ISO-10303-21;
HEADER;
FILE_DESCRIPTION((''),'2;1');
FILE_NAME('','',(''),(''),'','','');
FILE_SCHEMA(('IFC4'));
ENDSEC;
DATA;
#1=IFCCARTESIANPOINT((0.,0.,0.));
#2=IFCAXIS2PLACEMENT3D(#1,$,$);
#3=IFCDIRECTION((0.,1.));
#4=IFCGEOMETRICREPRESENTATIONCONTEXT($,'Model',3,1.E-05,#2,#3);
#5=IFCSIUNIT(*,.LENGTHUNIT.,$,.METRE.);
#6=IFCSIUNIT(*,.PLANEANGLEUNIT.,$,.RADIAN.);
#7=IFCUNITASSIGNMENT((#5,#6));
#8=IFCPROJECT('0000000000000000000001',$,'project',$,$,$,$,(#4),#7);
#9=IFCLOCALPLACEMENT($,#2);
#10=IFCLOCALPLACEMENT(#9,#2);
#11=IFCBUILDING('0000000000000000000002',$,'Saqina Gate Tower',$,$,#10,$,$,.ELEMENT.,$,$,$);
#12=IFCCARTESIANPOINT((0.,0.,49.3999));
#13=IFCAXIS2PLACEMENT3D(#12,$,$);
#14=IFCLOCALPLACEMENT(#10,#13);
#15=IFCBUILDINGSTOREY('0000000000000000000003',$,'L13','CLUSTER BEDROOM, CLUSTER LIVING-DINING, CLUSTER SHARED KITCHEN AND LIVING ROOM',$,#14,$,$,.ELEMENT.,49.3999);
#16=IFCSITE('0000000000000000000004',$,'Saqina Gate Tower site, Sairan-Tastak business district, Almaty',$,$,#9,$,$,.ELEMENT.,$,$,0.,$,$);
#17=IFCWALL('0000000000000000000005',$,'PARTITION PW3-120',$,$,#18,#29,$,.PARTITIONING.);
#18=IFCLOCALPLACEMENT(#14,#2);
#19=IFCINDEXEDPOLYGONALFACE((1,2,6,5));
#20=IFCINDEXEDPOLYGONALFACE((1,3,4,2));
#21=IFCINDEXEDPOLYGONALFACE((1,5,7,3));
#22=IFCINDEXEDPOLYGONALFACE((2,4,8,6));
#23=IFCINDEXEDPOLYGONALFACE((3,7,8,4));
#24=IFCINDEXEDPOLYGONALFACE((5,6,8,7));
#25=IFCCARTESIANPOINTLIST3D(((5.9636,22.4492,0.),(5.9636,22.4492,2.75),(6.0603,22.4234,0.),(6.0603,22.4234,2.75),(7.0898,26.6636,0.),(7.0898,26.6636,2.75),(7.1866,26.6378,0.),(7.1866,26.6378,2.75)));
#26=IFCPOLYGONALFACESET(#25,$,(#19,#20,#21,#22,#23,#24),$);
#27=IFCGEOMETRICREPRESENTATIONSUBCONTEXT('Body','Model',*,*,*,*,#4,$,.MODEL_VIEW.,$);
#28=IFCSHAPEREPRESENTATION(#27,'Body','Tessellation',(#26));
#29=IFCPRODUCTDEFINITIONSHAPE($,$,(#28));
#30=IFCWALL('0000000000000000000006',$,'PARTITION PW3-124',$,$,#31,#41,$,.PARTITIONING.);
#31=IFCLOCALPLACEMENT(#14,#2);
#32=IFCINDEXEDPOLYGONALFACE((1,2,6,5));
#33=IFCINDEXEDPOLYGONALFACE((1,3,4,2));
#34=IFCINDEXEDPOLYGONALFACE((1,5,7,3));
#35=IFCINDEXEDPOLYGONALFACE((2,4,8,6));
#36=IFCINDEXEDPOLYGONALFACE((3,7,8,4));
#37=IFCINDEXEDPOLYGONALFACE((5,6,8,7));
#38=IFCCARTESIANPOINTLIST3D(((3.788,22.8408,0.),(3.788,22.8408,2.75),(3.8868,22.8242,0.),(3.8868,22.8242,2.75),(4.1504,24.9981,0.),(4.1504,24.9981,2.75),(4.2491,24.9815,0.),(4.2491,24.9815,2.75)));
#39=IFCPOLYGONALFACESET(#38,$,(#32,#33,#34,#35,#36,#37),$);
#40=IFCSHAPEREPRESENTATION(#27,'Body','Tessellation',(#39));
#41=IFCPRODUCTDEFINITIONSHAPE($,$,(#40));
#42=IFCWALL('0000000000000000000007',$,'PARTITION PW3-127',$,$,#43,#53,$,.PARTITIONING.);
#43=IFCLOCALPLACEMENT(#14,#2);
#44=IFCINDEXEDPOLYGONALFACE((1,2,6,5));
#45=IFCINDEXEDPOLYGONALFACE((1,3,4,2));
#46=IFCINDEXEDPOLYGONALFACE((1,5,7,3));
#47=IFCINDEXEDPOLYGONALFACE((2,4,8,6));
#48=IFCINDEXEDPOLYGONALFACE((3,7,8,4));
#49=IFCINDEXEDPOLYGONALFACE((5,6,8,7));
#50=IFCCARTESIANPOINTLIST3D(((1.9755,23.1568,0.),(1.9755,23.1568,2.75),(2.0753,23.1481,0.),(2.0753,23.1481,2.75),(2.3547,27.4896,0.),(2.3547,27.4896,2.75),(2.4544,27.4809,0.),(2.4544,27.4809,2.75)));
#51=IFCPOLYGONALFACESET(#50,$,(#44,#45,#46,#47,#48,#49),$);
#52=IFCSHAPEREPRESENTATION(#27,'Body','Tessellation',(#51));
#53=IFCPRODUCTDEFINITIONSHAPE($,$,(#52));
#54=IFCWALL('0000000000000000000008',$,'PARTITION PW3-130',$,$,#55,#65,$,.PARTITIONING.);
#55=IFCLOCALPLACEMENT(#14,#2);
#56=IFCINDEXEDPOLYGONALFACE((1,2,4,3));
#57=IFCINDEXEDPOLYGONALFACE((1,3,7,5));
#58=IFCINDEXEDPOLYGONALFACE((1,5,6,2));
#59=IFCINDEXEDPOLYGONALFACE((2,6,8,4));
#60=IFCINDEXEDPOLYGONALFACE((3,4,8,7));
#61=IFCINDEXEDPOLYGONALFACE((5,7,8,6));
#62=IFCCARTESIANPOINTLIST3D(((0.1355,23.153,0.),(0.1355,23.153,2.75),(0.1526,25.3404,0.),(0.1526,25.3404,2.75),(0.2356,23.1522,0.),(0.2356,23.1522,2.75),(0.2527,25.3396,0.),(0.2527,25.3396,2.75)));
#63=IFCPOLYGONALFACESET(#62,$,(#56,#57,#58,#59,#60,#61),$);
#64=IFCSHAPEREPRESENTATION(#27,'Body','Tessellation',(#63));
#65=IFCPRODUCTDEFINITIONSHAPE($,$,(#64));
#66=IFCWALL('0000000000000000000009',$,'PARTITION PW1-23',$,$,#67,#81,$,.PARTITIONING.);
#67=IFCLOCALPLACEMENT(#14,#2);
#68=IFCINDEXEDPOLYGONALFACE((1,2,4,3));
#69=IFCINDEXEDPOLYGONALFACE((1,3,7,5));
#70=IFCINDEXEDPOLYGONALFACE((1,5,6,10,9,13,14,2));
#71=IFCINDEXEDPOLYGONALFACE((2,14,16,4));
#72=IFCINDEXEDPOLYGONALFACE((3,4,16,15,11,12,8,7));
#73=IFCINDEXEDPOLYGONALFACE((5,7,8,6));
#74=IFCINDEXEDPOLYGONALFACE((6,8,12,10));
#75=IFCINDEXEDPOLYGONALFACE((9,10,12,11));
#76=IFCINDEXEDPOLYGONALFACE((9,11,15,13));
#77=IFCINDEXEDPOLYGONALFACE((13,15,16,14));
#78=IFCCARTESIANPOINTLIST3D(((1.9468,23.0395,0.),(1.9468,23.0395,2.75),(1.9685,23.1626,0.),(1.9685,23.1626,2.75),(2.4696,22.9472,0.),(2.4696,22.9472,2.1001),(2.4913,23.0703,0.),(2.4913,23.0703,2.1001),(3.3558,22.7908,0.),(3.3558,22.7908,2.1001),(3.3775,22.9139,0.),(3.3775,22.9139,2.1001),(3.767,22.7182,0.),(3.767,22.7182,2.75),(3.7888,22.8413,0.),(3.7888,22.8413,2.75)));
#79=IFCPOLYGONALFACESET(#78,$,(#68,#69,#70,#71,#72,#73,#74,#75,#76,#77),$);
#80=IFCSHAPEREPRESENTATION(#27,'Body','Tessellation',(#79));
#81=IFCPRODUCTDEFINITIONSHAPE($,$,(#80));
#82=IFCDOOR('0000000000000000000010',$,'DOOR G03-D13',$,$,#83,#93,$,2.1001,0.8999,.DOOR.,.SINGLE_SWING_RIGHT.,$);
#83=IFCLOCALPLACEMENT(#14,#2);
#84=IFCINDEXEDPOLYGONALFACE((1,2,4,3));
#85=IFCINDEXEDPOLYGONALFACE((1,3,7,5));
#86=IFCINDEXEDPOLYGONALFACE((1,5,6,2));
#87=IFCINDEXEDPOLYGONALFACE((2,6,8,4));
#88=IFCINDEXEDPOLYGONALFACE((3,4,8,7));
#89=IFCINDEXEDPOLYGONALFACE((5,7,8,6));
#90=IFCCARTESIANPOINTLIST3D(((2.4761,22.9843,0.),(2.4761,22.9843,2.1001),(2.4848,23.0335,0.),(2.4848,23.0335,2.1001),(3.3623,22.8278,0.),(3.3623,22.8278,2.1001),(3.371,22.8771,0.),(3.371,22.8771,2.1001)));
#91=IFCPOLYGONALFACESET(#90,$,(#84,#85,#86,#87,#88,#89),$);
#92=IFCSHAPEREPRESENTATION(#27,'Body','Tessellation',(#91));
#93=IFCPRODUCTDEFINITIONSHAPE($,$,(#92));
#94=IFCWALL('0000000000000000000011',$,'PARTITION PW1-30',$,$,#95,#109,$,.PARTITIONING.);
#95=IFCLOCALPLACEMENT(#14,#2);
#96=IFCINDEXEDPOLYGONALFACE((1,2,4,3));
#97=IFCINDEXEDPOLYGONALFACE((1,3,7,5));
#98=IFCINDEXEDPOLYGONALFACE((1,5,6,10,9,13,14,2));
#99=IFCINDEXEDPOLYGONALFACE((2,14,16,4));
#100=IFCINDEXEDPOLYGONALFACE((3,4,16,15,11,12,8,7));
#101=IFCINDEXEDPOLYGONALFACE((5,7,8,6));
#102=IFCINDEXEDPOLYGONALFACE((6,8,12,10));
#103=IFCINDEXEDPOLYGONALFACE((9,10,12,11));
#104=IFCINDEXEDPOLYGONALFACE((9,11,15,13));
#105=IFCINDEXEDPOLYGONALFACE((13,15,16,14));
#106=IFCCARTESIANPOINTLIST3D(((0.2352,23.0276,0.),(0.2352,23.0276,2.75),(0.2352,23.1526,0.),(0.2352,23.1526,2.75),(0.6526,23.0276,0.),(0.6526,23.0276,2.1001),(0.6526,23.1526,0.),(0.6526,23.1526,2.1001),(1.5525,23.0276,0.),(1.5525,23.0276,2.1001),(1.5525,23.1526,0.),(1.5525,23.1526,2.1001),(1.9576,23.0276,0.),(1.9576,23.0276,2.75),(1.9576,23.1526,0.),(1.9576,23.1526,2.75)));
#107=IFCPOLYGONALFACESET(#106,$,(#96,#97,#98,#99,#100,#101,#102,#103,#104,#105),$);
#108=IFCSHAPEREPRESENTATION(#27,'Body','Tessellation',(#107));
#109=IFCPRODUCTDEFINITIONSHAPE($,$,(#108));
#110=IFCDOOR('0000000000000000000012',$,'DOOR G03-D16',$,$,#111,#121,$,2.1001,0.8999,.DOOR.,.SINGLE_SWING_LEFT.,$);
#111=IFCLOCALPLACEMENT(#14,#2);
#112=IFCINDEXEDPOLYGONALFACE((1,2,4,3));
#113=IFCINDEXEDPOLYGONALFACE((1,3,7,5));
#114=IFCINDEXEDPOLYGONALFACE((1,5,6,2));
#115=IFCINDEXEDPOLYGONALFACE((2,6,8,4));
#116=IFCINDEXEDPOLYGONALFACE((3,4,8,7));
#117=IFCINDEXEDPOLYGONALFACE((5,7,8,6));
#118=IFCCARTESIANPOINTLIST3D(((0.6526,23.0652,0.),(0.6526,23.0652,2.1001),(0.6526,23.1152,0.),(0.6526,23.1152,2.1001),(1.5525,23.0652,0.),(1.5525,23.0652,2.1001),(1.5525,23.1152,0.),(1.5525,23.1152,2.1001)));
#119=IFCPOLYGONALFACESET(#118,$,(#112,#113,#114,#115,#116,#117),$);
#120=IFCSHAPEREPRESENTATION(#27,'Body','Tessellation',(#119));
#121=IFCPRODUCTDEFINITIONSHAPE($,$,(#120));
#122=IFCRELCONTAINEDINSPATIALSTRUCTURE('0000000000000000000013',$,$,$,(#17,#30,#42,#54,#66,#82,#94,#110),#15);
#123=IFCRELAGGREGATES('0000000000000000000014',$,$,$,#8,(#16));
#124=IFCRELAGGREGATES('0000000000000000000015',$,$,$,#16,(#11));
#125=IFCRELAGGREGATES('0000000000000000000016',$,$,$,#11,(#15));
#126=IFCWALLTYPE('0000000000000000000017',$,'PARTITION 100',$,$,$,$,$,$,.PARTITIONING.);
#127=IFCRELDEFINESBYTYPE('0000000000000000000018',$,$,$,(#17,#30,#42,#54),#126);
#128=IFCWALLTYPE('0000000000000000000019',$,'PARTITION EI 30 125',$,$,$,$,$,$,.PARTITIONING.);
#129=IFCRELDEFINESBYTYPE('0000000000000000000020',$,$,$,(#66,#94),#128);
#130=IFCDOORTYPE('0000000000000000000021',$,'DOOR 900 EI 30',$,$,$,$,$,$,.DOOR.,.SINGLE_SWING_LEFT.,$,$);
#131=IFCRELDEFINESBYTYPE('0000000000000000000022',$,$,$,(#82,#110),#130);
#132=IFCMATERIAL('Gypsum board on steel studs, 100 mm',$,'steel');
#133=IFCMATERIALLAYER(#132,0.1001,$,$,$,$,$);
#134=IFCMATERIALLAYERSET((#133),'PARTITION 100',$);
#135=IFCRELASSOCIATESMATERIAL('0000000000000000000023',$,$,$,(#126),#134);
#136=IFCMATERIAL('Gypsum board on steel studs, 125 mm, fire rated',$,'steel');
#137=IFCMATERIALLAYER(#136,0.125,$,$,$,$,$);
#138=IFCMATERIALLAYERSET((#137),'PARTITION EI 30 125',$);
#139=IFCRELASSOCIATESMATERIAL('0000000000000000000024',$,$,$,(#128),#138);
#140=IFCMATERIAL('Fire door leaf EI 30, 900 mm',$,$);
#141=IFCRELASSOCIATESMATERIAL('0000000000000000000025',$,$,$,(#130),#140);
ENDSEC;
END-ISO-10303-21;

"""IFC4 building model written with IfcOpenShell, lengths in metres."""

from ifc_helpers import new_model, si_unit, direction, frame, frame_2d, origin, place, context, subcontext, project, spatial, rectangle, extrude, material, layer, layer_set, type_object, element, fill, save


model = new_model("IFC4")

# Units and contexts
model_context = context("Model", 3, precision=1e-05, world=origin(), true_north=direction((0.0, 1.0)))
body_context = subcontext(model_context, "Body", "Model", "MODEL_VIEW")
ifc_project = project(units=[si_unit("LENGTHUNIT", "METRE"), si_unit("PLANEANGLEUNIT", "RADIAN")], contexts=[model_context])

# Site, building, storey
site_placement = place(None, origin())
site = spatial("IfcSite", under=ifc_project, at=site_placement, Name="Saqina Gate Tower site, Sairan-Tastak business district, Almaty", CompositionType="ELEMENT", RefElevation=0.0)
building_placement = place(site_placement, origin())
building = spatial("IfcBuilding", under=site, at=building_placement, Name="Saqina Gate Tower", CompositionType="ELEMENT")
storey_placement = place(building_placement, frame((0.0, 0.0, 49.3999)))
storey = spatial("IfcBuildingStorey", under=building, at=storey_placement, Name="L13", Description="CLUSTER BEDROOM, CLUSTER LIVING-DINING, CLUSTER SHARED KITCHEN AND LIVING ROOM", CompositionType="ELEMENT", Elevation=49.3999)

# Shared definitions
ifc_material_1 = material(Name="Gypsum board on steel studs, 100 mm", Category="steel")
ifc_layer_1 = layer(ifc_material_1, 0.1001)
ifc_layer_set_1 = layer_set([ifc_layer_1], Name="PARTITION 100")
wall_type_1 = type_object("IfcWallType", Name="PARTITION 100", PredefinedType="PARTITIONING", material=ifc_layer_set_1)

# Walls
wall_1_placement = place(storey_placement, frame((6.012, 22.4363, 0.0), z_axis=(0.0, 0.0, 1.0), x_axis=(0.258175, 0.966098, 0.0)))
element("IfcWall", 1, at=wall_1_placement, inside=storey, type_object=wall_type_1, Name="PARTITION PW3-120", PredefinedType="PARTITIONING", context=body_context, shape_type="SweptSolid", body=[
    extrude(rectangle(XDim=4.3623, YDim=0.1001, at=frame_2d((2.1812, 0.0))), origin(), (0.0, 0.0, 1.0), 2.75),
])
wall_2_placement = place(storey_placement, frame((3.8374, 22.8325, 0.0), z_axis=(0.0, 0.0, 1.0), x_axis=(0.16563, 0.986188, 0.0)))
element("IfcWall", 2, at=wall_2_placement, inside=storey, type_object=wall_type_1, Name="PARTITION PW3-124", PredefinedType="PARTITIONING", context=body_context, shape_type="SweptSolid", body=[
    extrude(rectangle(XDim=2.1875, YDim=0.1001, at=frame_2d((1.0938, 0.0))), origin(), (0.0, 0.0, 1.0), 2.75),
])
wall_3_placement = place(storey_placement, frame((2.0254, 23.1523, 0.0), z_axis=(0.0, 0.0, 1.0), x_axis=(0.087175, 0.996193, 0.0)))
element("IfcWall", 3, at=wall_3_placement, inside=storey, type_object=wall_type_1, Name="PARTITION PW3-127", PredefinedType="PARTITIONING", context=body_context, shape_type="SweptSolid", body=[
    extrude(rectangle(XDim=4.3494, YDim=0.1001, at=frame_2d((2.1748, 0.0))), origin(), (0.0, 0.0, 1.0), 2.75),
])
wall_4_placement = place(storey_placement, frame((0.1855, 23.1526, 0.0), z_axis=(0.0, 0.0, 1.0), x_axis=(0.007812, 0.999969, 0.0)))
element("IfcWall", 4, at=wall_4_placement, inside=storey, type_object=wall_type_1, Name="PARTITION PW3-130", PredefinedType="PARTITIONING", context=body_context, shape_type="SweptSolid", body=[
    extrude(rectangle(XDim=2.1875, YDim=0.1001, at=frame_2d((1.0938, 0.0))), origin(), (0.0, 0.0, 1.0), 2.75),
])

# Walls, openings, doors
ifc_material_2 = material(Name="Gypsum board on steel studs, 125 mm, fire rated", Category="steel")
ifc_layer_2 = layer(ifc_material_2, 0.125)
ifc_layer_set_2 = layer_set([ifc_layer_2], Name="PARTITION EI 30 125")
wall_type_2 = type_object("IfcWallType", Name="PARTITION EI 30 125", PredefinedType="PARTITIONING", material=ifc_layer_set_2)
wall_5_placement = place(storey_placement, frame((1.9575, 23.1011, 0.0), z_axis=(0.0, 0.0, 1.0), x_axis=(0.984778, -0.173815, 0.0)))
wall_5 = element("IfcWall", 5, at=wall_5_placement, inside=storey, type_object=wall_type_2, Name="PARTITION PW1-23", PredefinedType="PARTITIONING", context=body_context, shape_type="SweptSolid", body=[
    extrude(rectangle(XDim=1.8484, YDim=0.125, at=frame_2d((0.9243, 0.0))), origin(), (0.0, 0.0, 1.0), 2.75),
])
opening_1_placement = place(wall_5_placement, frame((0.531, 0.0, 0.0)))
opening_1 = element("IfcOpeningElement", 6, at=opening_1_placement, cuts=wall_5, PredefinedType="OPENING", context=body_context, shape_type="SweptSolid", body=[
    extrude(rectangle(XDim=0.8999, YDim=2.1001, at=frame_2d((0.45, 1.05))), frame((0.0, 0.0745, 0.0), z_axis=(0.0, -1.0, 0.0), x_axis=(1.0, 0.0, 0.0)), (0.0, 0.0, 1.0), 0.1489),
])
ifc_material_3 = material(Name="Fire door leaf EI 30, 900 mm")
door_type_1 = type_object("IfcDoorType", Name="DOOR 900 EI 30", OperationType="SINGLE_SWING_LEFT", PredefinedType="DOOR", material=ifc_material_3)
door_1_placement = place(opening_1_placement, frame((0.8999, 0.0, 0.0), z_axis=(0.0, 0.0, 1.0), x_axis=(-1.0, 0.0, 0.0)))
door_1 = element("IfcDoor", 7, at=door_1_placement, inside=storey, type_object=door_type_1, Name="DOOR G03-D13", OperationType="SINGLE_SWING_RIGHT", OverallHeight=2.1001, OverallWidth=0.8999, PredefinedType="DOOR", context=body_context, shape_type="SweptSolid", body=[
    extrude(rectangle(XDim=0.8999, YDim=2.1001, at=frame_2d((0.45, 1.05))), frame((0.0, 0.0249, 0.0), z_axis=(0.0, -1.0, 0.0), x_axis=(1.0, 0.0, 0.0)), (0.0, 0.0, 1.0), 0.05),
])
fill(opening_1, door_1)
wall_6_placement = place(storey_placement, frame((0.2351, 23.0901, 0.0), z_axis=(0.0, 0.0, 1.0), x_axis=(1.0, 0.0, 0.0)))
wall_6 = element("IfcWall", 8, at=wall_6_placement, inside=storey, type_object=wall_type_2, Name="PARTITION PW1-30", PredefinedType="PARTITIONING", context=body_context, shape_type="SweptSolid", body=[
    extrude(rectangle(XDim=1.7224, YDim=0.125, at=frame_2d((0.8613, 0.0))), origin(), (0.0, 0.0, 1.0), 2.75),
])
opening_2_placement = place(wall_6_placement, frame((0.4175, 0.0, 0.0)))
opening_2 = element("IfcOpeningElement", 9, at=opening_2_placement, cuts=wall_6, PredefinedType="OPENING", context=body_context, shape_type="SweptSolid", body=[
    extrude(rectangle(XDim=0.8999, YDim=2.1001, at=frame_2d((0.45, 1.05))), frame((0.0, 0.0745, 0.0), z_axis=(0.0, -1.0, 0.0), x_axis=(1.0, 0.0, 0.0)), (0.0, 0.0, 1.0), 0.1489),
])
door_2_placement = place(opening_2_placement, frame((0.8999, 0.0, 0.0), z_axis=(0.0, 0.0, 1.0), x_axis=(-1.0, 0.0, 0.0)))
door_2 = element("IfcDoor", 10, at=door_2_placement, inside=storey, type_object=door_type_1, Name="DOOR G03-D16", OperationType="SINGLE_SWING_LEFT", OverallHeight=2.1001, OverallWidth=0.8999, PredefinedType="DOOR", context=body_context, shape_type="SweptSolid", body=[
    extrude(rectangle(XDim=0.8999, YDim=2.1001, at=frame_2d((0.45, 1.05))), frame((0.0, 0.0249, 0.0), z_axis=(0.0, -1.0, 0.0), x_axis=(1.0, 0.0, 0.0)), (0.0, 0.0, 1.0), 0.05),
])
fill(opening_2, door_2)

save(model, "model.ifc")
